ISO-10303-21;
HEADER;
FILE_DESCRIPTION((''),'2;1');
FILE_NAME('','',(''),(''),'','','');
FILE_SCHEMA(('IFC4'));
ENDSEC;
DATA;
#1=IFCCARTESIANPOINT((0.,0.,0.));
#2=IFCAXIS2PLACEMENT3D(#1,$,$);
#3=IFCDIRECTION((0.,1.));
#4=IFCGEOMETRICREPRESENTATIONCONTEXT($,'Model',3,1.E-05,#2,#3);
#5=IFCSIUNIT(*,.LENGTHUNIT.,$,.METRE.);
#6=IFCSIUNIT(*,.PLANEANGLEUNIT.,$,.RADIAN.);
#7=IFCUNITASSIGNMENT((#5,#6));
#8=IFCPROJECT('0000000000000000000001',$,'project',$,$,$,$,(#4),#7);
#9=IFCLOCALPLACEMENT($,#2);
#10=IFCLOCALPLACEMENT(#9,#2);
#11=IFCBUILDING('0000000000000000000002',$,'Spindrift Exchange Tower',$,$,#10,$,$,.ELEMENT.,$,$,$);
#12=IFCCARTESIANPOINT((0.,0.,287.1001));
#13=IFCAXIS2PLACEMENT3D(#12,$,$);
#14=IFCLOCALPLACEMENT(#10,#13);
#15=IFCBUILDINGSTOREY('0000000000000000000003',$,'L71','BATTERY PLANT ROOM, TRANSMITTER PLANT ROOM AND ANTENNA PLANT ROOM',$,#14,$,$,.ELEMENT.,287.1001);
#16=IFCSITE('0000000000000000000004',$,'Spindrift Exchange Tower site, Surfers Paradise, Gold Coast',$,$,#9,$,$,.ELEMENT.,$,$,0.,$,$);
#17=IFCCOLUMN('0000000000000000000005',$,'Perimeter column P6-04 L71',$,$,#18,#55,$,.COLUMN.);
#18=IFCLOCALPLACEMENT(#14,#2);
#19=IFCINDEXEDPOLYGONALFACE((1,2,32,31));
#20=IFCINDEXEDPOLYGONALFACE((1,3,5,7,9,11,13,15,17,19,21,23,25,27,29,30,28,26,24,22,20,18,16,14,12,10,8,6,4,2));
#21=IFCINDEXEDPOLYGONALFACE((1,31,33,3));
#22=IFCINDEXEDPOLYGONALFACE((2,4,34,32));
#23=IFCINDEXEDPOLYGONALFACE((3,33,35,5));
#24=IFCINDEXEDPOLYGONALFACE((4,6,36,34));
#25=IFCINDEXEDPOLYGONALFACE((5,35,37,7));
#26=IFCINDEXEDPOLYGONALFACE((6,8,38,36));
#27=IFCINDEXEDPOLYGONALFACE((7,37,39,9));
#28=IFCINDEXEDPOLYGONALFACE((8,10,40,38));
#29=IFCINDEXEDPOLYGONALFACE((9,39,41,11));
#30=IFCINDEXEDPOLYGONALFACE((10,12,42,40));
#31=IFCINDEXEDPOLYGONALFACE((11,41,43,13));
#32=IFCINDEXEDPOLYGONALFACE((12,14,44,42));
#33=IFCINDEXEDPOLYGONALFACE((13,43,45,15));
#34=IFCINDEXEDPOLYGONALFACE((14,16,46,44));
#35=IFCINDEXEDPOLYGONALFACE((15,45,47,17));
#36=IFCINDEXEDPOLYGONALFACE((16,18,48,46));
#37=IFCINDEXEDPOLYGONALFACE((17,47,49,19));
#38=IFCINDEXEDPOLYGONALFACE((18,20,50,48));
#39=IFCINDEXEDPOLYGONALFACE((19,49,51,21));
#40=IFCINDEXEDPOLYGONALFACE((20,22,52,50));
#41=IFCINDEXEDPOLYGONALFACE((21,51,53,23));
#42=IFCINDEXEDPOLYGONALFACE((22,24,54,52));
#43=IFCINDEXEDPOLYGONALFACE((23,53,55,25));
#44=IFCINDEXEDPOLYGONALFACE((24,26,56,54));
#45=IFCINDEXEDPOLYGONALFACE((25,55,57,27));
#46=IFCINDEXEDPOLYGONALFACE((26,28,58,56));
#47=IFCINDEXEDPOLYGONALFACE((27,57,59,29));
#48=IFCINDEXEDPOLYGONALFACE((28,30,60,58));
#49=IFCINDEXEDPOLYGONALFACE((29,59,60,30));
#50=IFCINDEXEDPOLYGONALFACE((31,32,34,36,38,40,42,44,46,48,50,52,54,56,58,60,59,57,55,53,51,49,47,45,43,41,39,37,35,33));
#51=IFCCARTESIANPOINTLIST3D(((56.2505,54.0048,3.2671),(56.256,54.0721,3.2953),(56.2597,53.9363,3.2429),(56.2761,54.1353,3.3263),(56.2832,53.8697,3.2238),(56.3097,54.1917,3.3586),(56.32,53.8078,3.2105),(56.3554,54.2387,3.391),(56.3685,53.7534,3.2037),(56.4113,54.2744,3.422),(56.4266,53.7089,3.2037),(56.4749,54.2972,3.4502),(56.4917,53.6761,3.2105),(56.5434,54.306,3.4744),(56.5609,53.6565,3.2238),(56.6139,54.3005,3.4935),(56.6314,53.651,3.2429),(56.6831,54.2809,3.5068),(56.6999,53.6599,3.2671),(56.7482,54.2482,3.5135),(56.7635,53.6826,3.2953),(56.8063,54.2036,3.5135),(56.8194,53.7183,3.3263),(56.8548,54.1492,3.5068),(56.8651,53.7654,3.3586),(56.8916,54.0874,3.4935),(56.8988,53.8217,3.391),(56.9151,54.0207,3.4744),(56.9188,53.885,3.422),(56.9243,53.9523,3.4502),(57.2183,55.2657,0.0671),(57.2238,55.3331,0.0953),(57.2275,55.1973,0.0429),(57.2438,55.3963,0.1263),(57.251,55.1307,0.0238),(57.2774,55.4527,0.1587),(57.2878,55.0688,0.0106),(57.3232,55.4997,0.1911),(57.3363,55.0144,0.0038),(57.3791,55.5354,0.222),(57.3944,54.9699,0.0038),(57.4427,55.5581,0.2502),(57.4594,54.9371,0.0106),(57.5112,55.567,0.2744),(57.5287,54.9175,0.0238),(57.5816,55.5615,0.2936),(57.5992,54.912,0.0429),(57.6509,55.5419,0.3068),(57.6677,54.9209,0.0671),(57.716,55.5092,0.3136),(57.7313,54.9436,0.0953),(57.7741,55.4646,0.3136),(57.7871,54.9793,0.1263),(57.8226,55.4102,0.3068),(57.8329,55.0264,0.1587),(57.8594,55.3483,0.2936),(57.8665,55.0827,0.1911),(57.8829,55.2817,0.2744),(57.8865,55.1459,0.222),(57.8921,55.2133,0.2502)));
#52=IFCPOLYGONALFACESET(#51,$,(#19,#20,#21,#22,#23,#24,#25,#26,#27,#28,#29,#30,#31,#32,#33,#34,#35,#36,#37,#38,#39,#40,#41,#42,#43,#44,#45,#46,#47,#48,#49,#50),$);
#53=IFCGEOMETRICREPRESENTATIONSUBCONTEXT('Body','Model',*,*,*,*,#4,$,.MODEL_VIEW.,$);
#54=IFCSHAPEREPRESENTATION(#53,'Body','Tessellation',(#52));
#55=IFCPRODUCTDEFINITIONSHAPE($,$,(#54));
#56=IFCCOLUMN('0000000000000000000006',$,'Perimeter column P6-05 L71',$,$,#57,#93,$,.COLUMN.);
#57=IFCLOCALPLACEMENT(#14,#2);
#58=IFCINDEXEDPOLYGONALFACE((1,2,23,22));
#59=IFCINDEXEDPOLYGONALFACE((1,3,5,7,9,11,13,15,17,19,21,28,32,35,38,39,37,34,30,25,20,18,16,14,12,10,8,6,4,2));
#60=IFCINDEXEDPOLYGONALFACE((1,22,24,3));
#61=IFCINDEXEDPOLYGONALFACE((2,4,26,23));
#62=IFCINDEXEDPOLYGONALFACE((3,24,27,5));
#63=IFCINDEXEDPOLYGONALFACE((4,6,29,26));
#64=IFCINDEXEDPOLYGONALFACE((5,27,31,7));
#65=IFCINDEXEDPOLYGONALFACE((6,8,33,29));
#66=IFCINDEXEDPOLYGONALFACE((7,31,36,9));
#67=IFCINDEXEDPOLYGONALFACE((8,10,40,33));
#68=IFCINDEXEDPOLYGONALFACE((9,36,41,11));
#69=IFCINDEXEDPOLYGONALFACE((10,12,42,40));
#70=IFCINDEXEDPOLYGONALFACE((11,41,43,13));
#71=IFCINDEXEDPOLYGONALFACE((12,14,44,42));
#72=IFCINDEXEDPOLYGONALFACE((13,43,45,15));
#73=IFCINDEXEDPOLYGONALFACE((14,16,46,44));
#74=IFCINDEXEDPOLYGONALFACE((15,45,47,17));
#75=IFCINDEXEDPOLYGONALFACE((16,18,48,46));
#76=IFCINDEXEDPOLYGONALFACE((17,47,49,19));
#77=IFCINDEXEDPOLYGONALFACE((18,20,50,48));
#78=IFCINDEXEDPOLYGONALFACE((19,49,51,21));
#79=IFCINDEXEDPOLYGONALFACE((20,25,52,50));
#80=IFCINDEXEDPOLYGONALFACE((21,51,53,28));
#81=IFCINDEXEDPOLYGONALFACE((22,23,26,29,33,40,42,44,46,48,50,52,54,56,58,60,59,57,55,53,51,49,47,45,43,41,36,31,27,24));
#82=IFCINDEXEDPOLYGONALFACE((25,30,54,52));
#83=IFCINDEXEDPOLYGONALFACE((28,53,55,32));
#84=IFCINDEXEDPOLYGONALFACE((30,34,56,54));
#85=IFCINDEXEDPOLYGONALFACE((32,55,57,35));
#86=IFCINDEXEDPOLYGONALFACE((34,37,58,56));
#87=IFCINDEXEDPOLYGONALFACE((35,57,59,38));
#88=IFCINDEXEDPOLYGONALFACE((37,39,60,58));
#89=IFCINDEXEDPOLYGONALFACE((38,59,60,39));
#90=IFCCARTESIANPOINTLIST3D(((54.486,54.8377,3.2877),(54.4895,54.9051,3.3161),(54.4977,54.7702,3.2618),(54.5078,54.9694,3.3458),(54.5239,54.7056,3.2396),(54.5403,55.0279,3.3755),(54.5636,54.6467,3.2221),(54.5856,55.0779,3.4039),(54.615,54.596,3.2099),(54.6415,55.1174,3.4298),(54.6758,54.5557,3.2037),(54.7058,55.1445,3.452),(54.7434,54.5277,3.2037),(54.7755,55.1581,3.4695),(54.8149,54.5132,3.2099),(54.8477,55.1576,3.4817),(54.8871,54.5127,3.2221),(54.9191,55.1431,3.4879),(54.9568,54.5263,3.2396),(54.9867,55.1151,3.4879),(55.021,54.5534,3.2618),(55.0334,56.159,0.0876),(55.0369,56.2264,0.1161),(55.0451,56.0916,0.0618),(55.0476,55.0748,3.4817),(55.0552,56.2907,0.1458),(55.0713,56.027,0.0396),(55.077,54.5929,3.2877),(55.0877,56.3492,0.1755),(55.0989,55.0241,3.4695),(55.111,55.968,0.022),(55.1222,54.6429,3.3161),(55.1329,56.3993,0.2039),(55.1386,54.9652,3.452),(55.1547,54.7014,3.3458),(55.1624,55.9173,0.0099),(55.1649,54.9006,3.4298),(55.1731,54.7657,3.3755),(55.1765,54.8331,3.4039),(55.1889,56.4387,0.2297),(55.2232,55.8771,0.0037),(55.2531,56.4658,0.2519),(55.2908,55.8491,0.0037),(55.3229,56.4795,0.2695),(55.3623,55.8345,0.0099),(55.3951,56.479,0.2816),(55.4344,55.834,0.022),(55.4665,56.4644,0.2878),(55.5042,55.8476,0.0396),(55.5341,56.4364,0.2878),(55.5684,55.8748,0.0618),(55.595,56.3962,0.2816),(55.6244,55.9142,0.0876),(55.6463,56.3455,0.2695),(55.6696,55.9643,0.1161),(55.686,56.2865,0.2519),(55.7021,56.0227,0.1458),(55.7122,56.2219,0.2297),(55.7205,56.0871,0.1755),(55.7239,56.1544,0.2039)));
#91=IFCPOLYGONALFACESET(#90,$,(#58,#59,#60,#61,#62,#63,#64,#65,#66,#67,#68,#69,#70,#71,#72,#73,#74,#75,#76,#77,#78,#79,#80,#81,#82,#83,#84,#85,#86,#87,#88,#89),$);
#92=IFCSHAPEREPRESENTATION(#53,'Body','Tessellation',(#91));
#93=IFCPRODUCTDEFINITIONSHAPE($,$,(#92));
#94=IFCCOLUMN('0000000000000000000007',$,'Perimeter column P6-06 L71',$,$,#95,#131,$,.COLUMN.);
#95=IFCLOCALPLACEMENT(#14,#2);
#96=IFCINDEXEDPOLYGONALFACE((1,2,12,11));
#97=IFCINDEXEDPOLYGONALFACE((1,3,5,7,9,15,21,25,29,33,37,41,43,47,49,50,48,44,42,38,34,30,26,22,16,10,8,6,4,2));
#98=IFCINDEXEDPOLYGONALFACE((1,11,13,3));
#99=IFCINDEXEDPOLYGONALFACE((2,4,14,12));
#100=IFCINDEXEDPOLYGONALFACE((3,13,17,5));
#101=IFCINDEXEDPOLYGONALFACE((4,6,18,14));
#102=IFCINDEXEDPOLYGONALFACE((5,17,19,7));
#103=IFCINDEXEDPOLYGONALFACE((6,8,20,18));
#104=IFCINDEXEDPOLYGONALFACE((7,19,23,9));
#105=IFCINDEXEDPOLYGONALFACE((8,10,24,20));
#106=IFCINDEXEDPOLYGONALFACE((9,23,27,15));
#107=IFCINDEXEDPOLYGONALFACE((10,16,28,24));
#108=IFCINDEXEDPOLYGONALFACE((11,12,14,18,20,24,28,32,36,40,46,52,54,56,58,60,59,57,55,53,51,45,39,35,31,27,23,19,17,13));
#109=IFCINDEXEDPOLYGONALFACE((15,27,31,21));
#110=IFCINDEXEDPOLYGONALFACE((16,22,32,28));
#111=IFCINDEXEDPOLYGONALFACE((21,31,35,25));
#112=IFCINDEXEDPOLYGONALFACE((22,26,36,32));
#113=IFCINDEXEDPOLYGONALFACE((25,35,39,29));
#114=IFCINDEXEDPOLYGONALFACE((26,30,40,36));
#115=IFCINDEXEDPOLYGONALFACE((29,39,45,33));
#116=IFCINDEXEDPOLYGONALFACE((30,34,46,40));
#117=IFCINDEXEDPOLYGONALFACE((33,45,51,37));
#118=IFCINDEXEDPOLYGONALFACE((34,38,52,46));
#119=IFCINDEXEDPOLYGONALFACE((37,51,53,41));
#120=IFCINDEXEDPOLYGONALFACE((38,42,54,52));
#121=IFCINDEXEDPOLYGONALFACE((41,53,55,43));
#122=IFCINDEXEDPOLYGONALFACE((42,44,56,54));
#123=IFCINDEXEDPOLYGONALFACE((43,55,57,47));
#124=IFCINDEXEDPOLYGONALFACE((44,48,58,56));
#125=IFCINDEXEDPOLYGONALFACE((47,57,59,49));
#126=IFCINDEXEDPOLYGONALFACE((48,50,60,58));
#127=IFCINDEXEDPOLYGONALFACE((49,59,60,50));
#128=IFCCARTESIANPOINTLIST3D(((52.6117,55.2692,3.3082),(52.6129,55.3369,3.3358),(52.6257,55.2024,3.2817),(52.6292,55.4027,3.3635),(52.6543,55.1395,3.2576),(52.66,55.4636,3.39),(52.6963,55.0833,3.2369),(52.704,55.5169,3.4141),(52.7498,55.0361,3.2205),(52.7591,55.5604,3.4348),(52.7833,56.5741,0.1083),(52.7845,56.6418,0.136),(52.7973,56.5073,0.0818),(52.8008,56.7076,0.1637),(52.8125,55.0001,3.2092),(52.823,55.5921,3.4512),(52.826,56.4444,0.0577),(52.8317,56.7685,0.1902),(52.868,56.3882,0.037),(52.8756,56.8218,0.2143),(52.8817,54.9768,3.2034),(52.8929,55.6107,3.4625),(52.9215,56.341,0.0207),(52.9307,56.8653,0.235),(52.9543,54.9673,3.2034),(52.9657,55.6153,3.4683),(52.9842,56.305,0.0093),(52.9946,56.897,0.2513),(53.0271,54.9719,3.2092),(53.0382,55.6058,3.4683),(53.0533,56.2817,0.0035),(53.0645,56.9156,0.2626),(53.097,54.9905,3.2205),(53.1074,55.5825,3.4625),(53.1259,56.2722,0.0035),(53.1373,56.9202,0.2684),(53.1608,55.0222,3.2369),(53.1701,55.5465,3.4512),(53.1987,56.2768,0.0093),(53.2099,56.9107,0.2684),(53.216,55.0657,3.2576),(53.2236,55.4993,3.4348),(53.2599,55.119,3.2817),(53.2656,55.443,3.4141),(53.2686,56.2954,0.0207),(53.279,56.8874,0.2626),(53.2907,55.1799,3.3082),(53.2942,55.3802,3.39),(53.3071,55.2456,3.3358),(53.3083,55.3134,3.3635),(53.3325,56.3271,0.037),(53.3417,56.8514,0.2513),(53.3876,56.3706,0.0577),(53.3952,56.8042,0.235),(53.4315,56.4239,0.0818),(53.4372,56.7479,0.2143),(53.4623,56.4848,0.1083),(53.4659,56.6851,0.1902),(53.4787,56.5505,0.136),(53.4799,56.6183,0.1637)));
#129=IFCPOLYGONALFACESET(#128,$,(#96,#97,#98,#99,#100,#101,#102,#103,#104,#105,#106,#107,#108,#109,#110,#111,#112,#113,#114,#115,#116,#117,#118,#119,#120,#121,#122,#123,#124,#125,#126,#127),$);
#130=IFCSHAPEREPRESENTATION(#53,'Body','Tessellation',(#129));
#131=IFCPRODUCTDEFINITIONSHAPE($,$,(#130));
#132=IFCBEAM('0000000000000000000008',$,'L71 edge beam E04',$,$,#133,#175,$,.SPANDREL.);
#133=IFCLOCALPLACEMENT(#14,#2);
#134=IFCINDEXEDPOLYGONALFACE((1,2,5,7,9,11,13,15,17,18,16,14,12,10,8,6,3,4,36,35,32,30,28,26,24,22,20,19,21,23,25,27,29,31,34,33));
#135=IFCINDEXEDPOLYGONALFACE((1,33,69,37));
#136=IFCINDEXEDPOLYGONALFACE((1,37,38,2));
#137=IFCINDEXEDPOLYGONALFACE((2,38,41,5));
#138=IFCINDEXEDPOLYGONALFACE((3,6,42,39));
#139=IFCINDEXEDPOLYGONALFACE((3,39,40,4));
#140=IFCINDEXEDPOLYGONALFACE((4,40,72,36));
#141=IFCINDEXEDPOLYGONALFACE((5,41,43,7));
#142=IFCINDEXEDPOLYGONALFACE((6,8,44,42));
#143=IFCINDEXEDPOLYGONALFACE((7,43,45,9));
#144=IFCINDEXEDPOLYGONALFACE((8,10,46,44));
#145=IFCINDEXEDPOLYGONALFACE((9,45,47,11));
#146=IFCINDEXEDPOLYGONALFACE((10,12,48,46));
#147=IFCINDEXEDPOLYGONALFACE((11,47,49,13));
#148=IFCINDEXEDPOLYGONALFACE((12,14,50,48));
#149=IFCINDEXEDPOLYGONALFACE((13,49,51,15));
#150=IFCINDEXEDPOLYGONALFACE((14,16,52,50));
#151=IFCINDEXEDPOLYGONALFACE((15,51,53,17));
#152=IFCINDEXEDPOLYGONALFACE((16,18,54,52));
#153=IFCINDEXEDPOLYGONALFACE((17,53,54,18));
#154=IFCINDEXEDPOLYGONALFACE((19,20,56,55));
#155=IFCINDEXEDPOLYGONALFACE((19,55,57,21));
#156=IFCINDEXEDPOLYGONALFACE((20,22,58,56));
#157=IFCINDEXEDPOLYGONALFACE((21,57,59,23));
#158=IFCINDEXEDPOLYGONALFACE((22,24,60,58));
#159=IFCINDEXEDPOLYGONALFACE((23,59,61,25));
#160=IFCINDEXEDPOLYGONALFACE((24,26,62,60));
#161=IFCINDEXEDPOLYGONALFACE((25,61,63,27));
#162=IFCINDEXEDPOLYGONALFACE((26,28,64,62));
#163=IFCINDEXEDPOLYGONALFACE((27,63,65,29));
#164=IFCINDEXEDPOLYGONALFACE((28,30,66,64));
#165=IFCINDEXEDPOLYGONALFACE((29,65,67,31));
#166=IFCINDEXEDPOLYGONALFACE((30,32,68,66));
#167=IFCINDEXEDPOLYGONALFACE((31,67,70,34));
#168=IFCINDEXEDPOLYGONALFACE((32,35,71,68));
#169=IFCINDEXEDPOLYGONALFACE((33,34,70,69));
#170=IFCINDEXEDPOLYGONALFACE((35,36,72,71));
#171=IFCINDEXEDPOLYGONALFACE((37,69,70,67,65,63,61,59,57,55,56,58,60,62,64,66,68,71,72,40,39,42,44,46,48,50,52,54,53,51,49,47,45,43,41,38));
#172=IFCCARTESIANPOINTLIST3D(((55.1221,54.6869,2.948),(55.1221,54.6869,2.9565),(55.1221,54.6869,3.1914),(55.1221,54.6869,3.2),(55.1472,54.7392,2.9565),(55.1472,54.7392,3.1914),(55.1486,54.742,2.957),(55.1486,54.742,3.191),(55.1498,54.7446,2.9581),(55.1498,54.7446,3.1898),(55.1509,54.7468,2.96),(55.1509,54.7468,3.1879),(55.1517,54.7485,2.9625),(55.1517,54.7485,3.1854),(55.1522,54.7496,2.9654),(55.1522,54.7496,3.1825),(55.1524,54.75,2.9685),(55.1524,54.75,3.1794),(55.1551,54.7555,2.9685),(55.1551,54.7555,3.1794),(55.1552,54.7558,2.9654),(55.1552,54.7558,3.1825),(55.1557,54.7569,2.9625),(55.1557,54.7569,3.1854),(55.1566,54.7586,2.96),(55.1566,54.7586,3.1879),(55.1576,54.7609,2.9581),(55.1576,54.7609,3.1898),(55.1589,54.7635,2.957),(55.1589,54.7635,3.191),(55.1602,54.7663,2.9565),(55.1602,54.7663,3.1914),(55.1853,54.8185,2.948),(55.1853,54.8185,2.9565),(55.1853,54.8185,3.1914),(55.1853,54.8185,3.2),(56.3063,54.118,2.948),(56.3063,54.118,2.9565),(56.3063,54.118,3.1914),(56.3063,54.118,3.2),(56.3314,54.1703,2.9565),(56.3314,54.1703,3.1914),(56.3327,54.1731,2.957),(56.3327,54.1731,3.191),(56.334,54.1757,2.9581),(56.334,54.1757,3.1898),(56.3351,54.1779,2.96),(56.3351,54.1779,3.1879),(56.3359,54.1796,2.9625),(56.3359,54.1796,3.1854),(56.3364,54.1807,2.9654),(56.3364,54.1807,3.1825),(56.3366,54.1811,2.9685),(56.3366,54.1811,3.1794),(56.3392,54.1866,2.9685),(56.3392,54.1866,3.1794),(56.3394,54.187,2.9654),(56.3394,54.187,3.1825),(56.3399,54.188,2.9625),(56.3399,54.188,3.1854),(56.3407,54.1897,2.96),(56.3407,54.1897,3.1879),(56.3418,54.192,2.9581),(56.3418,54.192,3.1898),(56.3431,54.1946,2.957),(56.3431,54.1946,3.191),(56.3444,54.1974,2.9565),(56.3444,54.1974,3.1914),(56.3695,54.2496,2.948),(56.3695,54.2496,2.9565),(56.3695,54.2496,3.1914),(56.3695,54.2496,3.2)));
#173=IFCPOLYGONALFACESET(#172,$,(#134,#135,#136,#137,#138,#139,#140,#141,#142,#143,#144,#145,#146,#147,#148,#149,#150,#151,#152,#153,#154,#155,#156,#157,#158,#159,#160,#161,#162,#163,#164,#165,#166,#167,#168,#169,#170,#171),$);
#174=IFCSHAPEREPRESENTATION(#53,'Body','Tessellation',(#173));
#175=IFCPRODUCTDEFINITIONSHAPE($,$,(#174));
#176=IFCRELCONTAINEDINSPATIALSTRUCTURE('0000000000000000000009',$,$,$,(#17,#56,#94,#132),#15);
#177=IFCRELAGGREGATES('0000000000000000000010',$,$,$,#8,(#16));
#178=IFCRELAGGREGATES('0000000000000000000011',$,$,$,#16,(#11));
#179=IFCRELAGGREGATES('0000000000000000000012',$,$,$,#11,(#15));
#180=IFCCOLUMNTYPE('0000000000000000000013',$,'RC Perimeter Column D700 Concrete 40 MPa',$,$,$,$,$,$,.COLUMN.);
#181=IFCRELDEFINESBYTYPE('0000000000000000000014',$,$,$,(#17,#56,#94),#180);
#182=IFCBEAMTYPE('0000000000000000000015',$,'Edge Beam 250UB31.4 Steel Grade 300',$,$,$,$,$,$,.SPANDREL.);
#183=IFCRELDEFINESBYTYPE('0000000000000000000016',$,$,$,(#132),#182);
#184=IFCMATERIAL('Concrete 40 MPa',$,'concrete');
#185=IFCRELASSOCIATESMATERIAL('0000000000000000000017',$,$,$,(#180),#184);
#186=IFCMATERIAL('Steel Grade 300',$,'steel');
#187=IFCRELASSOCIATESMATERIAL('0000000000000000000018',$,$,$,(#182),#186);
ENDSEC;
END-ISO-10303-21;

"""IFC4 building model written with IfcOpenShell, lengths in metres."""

from ifc_helpers import new_model, si_unit, direction, frame, origin, origin_2d, place, context, subcontext, project, spatial, circle, i_section, extrude, source, transform, mapped, material, material_profile, profile_set, type_object, element, save


model = new_model("IFC4")

# Units and contexts
model_context = context("Model", 3, precision=1e-05, world=origin(), true_north=direction((0.0, 1.0)))
body_context = subcontext(model_context, "Body", "Model", "MODEL_VIEW")
ifc_project = project(units=[si_unit("LENGTHUNIT", "METRE"), si_unit("PLANEANGLEUNIT", "RADIAN")], contexts=[model_context])

# Site, building, storey
site_placement = place(None, origin())
site = spatial("IfcSite", under=ifc_project, at=site_placement, Name="Spindrift Exchange Tower site, Surfers Paradise, Gold Coast", CompositionType="ELEMENT", RefElevation=0.0)
building_placement = place(site_placement, origin())
building = spatial("IfcBuilding", under=site, at=building_placement, Name="Spindrift Exchange Tower", CompositionType="ELEMENT")
storey_placement = place(building_placement, frame((0.0, 0.0, 287.1001)))
storey = spatial("IfcBuildingStorey", under=building, at=storey_placement, Name="L71", Description="BATTERY PLANT ROOM, TRANSMITTER PLANT ROOM AND ANTENNA PLANT ROOM", CompositionType="ELEMENT", Elevation=287.1001)

# Columns
ifc_material_1 = material(Name="Concrete 40 MPa", Category="concrete")
ifc_material_profile_1 = material_profile(ifc_material_1, circle(Radius=0.3501, at=origin_2d()), Name="RC D700")
ifc_profile_set_1 = profile_set([ifc_material_profile_1], Name="Concrete 40 MPa")
column_type = type_object("IfcColumnType", Name="RC Perimeter Column D700 Concrete 40 MPa", PredefinedType="COLUMN", material=ifc_profile_set_1)
shared_shape_1 = source(origin(), body_context, "Body", "SweptSolid", [
    extrude(circle(Radius=0.3501, at=origin_2d()), origin(), (0.0, 0.0, 1.0), 3.573),
])
column_1_placement = place(storey_placement, frame((57.5552, 55.2395, 0.1587), z_axis=(-0.270857, -0.35292, 0.895591), x_axis=(0.793297, -0.608835, 0.0)))
element("IfcColumn", 1, at=column_1_placement, inside=storey, type_object=column_type, Name="Perimeter column P6-04 L71", PredefinedType="COLUMN", context=body_context, shape_type="MappedRepresentation", body=[
    mapped(shared_shape_1, transform((0.0, 0.0, 0.0), scale=1.0)),
])
shared_shape_2 = source(origin(), body_context, "Body", "SweptSolid", [
    extrude(circle(Radius=0.3501, at=origin_2d()), origin(), (0.0, 0.0, 1.0), 3.5051),
])
column_2_placement = place(storey_placement, frame((55.3787, 56.1567, 0.1458), z_axis=(-0.156166, -0.376971, 0.912965), x_axis=(0.923863, -0.382724, 0.0)))
element("IfcColumn", 2, at=column_2_placement, inside=storey, type_object=column_type, Name="Perimeter column P6-05 L71", PredefinedType="COLUMN", context=body_context, shape_type="MappedRepresentation", body=[
    mapped(shared_shape_2, transform((0.0, 0.0, 0.0), scale=1.0)),
])
shared_shape_3 = source(origin(), body_context, "Body", "SweptSolid", [
    extrude(circle(Radius=0.3501, at=origin_2d()), origin(), (0.0, 0.0, 1.0), 3.46),
])
column_3_placement = place(storey_placement, frame((53.1316, 56.5962, 0.136), z_axis=(-0.049603, -0.377142, 0.924826), x_axis=(0.991461, -0.130402, 0.0)))
element("IfcColumn", 3, at=column_3_placement, inside=storey, type_object=column_type, Name="Perimeter column P6-06 L71", PredefinedType="COLUMN", context=body_context, shape_type="MappedRepresentation", body=[
    mapped(shared_shape_3, transform((0.0, 0.0, 0.0), scale=1.0)),
])

# Beam
ifc_material_2 = material(Name="Steel Grade 300", Category="steel")
ifc_material_profile_2 = material_profile(ifc_material_2, i_section(OverallWidth=0.146, OverallDepth=0.252, WebThickness=0.0061, FlangeThickness=0.0085, FilletRadius=0.012, at=origin_2d()), Name="250UB31.4")
ifc_profile_set_2 = profile_set([ifc_material_profile_2], Name="Steel Grade 300")
beam_type = type_object("IfcBeamType", Name="Edge Beam 250UB31.4 Steel Grade 300", PredefinedType="SPANDREL", material=ifc_profile_set_2)
shared_shape_4 = source(origin(), body_context, "Body", "SweptSolid", [
    extrude(i_section(OverallWidth=0.146, OverallDepth=0.252, WebThickness=0.0061, FlangeThickness=0.0085, FilletRadius=0.012, at=origin_2d()), origin(), (0.0, 0.0, 1.0), 1.3137),
])
beam_1_placement = place(storey_placement, frame((56.3379, 54.1838, 3.074), z_axis=(-0.901378, 0.433033, 0.0), x_axis=(-0.433033, -0.901378, 0.0)))
element("IfcBeam", 4, at=beam_1_placement, inside=storey, type_object=beam_type, Name="L71 edge beam E04", PredefinedType="SPANDREL", context=body_context, shape_type="MappedRepresentation", body=[
    mapped(shared_shape_4, transform((0.0, 0.0, 0.0), scale=1.0)),
])

save(model, "model.ifc")
